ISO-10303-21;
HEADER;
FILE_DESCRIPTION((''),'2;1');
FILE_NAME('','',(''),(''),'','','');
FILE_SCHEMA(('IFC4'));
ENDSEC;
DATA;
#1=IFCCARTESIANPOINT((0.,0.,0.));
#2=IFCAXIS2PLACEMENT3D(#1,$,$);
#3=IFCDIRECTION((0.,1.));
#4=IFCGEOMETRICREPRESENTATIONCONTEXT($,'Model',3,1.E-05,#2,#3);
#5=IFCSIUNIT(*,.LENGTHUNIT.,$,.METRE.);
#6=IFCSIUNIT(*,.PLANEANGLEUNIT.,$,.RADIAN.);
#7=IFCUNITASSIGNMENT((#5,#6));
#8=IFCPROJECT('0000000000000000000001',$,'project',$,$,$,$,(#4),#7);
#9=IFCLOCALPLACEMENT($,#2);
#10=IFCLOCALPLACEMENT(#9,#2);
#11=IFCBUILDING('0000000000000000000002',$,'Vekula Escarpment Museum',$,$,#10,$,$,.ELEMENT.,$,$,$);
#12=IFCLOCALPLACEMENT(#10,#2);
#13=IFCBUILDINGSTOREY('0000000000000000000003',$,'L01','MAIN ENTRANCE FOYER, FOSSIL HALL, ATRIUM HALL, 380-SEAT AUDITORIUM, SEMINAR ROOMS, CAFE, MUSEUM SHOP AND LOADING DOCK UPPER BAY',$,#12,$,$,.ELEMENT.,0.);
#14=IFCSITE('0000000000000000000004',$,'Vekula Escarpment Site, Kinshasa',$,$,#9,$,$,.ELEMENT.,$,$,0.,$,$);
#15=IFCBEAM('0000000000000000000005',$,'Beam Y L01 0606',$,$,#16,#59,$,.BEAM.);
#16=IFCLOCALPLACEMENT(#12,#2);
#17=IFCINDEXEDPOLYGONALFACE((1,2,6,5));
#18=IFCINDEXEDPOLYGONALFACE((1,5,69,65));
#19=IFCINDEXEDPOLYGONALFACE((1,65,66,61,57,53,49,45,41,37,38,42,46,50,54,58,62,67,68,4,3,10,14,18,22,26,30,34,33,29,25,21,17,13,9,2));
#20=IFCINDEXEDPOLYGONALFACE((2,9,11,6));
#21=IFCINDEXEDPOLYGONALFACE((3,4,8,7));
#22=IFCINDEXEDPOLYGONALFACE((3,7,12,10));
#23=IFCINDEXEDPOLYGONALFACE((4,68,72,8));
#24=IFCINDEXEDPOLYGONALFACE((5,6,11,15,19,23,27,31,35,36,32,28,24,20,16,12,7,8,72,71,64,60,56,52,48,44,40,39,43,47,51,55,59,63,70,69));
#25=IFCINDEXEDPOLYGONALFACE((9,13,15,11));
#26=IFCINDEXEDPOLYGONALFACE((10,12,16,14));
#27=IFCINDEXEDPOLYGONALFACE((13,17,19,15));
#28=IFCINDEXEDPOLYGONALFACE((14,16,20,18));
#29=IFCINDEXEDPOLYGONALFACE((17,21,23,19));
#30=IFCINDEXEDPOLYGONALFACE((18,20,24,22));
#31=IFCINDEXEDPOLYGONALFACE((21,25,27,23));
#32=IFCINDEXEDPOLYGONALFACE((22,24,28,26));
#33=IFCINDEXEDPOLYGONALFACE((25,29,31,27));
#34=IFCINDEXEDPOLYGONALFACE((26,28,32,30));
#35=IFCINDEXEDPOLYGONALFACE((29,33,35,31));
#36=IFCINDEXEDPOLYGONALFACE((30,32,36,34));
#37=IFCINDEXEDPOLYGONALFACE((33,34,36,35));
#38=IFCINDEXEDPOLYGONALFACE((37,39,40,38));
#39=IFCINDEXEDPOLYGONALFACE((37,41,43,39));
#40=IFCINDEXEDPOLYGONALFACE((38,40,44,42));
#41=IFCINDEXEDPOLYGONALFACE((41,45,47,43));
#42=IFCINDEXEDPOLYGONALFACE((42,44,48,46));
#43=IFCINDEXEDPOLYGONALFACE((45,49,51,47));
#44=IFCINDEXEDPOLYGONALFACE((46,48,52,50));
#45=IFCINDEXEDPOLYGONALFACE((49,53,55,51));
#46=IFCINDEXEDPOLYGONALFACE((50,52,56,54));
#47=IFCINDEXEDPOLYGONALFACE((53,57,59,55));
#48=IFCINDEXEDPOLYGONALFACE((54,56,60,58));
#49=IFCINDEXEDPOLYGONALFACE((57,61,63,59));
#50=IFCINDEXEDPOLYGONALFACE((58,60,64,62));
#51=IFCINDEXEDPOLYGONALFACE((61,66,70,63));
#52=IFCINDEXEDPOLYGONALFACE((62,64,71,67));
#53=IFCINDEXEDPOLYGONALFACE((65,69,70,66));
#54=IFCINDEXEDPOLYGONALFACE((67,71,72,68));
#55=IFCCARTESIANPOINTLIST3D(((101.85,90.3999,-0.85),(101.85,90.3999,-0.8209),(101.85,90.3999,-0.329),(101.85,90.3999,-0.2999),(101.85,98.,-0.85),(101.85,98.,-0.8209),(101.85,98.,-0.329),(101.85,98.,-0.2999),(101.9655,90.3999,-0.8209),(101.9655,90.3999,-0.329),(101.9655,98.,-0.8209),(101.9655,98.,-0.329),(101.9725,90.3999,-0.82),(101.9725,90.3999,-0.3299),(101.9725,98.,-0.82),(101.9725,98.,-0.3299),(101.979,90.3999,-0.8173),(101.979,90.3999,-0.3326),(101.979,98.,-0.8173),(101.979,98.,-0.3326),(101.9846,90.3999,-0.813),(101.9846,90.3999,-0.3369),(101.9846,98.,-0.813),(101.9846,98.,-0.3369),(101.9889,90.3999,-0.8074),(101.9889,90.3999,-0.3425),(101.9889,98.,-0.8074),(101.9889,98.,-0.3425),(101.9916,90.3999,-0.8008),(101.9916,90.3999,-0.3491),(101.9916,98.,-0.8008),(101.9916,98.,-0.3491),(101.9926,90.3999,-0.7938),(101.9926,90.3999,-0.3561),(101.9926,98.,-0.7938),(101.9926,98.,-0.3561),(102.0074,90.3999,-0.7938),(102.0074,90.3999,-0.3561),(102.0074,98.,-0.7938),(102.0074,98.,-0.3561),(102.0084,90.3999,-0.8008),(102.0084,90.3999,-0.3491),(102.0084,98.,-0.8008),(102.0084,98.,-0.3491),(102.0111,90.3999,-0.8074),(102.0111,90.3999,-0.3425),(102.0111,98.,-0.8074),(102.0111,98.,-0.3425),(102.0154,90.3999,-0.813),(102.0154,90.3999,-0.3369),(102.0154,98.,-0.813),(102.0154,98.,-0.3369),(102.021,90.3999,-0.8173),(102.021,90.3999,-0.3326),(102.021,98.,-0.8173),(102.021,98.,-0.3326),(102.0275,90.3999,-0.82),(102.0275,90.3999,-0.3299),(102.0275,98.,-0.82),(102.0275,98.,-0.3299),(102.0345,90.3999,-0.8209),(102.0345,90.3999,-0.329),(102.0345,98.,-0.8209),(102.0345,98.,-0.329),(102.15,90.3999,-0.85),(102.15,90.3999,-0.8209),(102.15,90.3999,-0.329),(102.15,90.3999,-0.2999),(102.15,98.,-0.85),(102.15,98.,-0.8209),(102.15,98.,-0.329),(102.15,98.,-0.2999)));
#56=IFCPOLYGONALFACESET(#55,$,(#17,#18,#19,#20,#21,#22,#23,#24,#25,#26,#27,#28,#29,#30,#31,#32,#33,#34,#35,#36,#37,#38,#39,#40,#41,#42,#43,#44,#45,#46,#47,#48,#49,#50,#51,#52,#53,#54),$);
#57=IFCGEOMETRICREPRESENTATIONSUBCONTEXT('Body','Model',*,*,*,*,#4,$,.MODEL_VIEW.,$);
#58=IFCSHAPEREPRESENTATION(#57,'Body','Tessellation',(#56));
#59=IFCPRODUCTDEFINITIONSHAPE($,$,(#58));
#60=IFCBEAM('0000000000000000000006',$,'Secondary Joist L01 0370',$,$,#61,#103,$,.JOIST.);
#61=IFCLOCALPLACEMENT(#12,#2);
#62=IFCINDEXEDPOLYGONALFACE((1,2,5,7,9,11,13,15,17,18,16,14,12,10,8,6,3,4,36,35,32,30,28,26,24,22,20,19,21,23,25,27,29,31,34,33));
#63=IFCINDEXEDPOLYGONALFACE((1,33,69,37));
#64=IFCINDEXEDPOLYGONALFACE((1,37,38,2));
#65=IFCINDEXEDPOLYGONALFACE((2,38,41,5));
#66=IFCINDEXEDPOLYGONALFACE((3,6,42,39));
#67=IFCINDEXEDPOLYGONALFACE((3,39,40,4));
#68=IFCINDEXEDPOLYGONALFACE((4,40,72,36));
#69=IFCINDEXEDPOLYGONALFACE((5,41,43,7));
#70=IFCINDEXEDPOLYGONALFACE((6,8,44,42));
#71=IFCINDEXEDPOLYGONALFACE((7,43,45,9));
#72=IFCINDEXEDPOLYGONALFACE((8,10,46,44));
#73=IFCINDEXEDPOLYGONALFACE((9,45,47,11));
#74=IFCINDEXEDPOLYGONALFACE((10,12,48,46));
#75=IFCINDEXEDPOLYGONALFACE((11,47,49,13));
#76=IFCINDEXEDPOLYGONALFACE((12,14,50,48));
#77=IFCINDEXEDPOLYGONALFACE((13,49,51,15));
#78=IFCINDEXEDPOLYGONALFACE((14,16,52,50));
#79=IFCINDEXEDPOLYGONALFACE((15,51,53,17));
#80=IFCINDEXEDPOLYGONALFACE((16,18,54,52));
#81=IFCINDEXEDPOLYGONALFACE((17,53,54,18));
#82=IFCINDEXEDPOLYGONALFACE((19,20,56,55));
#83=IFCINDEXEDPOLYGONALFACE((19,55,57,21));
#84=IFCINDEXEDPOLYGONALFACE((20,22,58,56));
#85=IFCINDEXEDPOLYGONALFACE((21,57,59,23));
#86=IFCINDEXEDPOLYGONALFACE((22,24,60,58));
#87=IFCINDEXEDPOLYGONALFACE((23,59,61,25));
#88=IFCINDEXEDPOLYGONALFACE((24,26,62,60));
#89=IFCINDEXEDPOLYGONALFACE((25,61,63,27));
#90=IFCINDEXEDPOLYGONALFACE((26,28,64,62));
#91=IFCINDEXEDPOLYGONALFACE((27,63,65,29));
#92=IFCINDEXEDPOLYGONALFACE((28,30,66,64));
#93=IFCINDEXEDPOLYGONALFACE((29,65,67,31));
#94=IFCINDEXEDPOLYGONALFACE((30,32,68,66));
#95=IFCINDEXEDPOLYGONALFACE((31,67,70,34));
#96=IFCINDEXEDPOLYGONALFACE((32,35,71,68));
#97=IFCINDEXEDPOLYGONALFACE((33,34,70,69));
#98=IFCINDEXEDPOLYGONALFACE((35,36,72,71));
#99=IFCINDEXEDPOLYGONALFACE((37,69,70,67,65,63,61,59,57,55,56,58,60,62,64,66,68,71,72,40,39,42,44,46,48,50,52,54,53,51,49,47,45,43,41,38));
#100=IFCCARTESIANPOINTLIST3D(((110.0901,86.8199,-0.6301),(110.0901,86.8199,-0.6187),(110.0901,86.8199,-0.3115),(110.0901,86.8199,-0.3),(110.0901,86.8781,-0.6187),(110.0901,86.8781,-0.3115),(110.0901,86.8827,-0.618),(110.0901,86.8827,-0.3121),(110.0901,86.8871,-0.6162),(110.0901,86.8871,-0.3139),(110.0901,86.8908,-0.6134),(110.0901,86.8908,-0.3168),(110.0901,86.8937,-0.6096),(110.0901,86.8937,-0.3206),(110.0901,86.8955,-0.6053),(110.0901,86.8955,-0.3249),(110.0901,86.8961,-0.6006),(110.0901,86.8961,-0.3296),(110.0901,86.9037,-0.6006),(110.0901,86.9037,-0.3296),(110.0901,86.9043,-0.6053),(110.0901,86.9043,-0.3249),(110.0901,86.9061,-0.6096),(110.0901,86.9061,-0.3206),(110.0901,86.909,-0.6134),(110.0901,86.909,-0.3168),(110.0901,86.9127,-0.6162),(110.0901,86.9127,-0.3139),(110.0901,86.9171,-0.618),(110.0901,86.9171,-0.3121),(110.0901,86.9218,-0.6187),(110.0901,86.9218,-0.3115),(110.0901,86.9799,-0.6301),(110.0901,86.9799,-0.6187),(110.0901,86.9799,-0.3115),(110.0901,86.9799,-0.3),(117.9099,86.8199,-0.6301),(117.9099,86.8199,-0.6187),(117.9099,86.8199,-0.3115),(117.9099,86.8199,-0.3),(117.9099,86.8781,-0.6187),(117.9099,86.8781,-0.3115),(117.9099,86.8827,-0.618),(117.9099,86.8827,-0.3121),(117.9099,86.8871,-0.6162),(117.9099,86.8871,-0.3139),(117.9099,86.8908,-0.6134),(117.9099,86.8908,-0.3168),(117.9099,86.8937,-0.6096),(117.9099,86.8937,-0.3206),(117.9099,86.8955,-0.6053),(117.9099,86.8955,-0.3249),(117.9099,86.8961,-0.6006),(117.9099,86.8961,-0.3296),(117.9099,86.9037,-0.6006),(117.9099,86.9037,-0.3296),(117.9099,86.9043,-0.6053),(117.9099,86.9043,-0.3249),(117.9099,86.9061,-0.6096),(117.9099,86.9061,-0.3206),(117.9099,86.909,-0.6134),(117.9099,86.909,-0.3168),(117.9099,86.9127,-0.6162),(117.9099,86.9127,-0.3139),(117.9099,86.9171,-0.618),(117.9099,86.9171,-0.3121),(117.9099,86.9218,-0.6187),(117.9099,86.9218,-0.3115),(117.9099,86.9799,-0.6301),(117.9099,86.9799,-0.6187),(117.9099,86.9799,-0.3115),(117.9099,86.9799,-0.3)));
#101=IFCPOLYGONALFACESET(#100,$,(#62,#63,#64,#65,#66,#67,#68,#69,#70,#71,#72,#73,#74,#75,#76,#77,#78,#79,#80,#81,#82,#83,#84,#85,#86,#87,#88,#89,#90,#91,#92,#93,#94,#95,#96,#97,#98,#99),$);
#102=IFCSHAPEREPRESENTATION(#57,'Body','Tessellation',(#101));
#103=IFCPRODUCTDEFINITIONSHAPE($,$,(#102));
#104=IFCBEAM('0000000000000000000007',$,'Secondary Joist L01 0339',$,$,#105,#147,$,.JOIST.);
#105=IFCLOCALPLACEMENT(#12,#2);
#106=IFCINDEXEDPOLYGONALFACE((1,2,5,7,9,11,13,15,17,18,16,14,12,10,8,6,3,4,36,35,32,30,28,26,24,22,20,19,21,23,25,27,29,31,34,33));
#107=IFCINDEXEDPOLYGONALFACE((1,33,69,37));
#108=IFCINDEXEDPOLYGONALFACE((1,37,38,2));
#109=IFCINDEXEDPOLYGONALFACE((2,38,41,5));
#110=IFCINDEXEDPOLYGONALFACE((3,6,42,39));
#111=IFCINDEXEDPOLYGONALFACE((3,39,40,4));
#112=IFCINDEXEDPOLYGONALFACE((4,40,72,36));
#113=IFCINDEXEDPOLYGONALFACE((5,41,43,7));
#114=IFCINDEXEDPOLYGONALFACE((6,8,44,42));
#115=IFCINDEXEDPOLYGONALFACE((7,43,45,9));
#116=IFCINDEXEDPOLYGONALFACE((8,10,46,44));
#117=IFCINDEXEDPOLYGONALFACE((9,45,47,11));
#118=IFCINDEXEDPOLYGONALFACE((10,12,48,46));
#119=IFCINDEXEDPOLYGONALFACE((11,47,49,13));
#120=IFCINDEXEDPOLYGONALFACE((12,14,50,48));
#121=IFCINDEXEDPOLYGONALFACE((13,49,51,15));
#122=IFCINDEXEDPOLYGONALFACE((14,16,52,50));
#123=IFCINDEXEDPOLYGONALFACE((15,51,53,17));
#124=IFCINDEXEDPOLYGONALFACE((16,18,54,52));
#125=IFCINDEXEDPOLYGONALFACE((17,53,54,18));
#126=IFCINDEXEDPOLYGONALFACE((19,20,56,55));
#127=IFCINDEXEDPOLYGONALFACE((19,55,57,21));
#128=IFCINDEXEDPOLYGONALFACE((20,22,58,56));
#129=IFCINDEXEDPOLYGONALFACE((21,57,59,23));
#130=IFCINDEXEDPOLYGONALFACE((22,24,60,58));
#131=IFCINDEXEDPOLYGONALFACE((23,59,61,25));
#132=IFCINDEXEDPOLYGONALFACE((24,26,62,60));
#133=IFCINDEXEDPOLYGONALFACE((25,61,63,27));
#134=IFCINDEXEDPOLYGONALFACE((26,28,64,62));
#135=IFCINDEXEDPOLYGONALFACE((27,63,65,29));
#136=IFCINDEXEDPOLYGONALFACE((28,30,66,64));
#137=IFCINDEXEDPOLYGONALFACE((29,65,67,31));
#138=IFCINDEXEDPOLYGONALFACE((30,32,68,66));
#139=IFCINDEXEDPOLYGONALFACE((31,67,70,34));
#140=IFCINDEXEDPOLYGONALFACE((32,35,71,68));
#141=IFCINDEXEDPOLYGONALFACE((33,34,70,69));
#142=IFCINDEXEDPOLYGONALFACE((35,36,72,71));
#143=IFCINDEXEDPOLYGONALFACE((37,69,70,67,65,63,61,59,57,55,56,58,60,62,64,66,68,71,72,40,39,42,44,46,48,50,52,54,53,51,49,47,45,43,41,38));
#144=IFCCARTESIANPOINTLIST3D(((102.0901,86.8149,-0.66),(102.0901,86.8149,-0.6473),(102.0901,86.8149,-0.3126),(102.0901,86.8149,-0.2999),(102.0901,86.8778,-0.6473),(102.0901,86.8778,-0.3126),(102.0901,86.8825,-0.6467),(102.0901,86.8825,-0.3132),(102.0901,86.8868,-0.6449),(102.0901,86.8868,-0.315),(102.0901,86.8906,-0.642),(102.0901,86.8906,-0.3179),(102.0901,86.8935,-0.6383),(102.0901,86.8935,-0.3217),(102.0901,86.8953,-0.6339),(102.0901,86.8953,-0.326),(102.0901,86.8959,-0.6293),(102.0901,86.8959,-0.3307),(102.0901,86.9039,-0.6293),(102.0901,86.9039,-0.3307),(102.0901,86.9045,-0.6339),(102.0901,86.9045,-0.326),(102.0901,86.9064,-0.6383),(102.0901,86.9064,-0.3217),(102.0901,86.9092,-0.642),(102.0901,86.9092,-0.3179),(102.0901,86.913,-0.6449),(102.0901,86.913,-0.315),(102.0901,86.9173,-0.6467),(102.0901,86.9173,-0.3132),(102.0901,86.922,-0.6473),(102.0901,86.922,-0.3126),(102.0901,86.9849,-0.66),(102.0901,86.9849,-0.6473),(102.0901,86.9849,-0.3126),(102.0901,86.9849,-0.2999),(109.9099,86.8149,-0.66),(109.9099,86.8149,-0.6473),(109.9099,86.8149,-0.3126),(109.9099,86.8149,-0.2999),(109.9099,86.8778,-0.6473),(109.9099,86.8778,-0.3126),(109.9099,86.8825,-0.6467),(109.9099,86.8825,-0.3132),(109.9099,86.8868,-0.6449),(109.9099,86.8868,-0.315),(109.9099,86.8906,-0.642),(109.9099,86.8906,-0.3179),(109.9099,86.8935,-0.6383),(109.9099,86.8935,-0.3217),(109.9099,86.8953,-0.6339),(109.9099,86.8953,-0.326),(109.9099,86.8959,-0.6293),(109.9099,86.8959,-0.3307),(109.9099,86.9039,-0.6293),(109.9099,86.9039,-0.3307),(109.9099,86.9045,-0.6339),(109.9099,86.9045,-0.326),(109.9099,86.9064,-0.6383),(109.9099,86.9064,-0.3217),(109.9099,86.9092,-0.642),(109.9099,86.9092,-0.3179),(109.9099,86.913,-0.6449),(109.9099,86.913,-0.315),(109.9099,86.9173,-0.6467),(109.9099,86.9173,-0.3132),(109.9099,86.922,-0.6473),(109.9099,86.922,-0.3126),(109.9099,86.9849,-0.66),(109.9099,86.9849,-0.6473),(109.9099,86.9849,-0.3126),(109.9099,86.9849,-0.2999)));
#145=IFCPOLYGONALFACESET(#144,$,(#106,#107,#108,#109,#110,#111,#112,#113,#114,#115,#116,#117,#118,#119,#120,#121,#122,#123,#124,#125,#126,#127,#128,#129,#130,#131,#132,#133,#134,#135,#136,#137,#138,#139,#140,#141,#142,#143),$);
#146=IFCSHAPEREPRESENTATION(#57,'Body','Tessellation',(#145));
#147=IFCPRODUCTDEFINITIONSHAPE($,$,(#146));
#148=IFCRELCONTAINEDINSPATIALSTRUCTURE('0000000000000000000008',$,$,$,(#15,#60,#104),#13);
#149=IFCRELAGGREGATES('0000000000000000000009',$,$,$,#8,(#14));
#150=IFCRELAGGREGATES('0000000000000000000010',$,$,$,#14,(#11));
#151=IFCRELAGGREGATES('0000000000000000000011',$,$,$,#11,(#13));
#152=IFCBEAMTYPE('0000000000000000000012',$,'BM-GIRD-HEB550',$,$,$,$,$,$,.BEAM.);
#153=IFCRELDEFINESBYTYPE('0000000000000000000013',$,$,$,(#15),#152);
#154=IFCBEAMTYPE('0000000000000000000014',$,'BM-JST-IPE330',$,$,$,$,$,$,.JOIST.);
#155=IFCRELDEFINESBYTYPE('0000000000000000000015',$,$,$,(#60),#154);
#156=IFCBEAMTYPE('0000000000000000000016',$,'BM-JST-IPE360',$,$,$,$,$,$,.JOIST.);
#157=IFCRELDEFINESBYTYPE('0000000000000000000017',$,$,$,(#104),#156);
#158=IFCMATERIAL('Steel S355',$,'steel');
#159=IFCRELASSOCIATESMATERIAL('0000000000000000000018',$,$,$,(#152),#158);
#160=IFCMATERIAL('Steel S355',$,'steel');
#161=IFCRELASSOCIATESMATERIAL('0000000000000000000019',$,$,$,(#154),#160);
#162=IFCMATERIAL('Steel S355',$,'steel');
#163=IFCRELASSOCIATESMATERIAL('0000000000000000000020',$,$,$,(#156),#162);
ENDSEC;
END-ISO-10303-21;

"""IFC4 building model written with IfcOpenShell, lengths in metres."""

from ifc_helpers import new_model, si_unit, direction, frame, origin, origin_2d, place, context, subcontext, project, spatial, i_section, extrude, material, material_profile, profile_set, type_object, element, save


model = new_model("IFC4")

# Units and contexts
model_context = context("Model", 3, precision=1e-05, world=origin(), true_north=direction((0.0, 1.0)))
body_context = subcontext(model_context, "Body", "Model", "MODEL_VIEW")
ifc_project = project(units=[si_unit("LENGTHUNIT", "METRE"), si_unit("PLANEANGLEUNIT", "RADIAN")], contexts=[model_context])

# Site, building, storey
site_placement = place(None, origin())
site = spatial("IfcSite", under=ifc_project, at=site_placement, Name="Vekula Escarpment Site, Kinshasa", CompositionType="ELEMENT", RefElevation=0.0)
building_placement = place(site_placement, origin())
building = spatial("IfcBuilding", under=site, at=building_placement, Name="Vekula Escarpment Museum", CompositionType="ELEMENT")
storey_placement = place(building_placement, origin())
storey = spatial("IfcBuildingStorey", under=building, at=storey_placement, Name="L01", Description="MAIN ENTRANCE FOYER, FOSSIL HALL, ATRIUM HALL, 380-SEAT AUDITORIUM, SEMINAR ROOMS, CAFE, MUSEUM SHOP AND LOADING DOCK UPPER BAY", CompositionType="ELEMENT", Elevation=0.0)

# Beams
ifc_material_1 = material(Name="Steel S355", Category="steel")
ifc_material_profile_1 = material_profile(ifc_material_1, i_section(OverallWidth=0.3, OverallDepth=0.55, WebThickness=0.0149, FlangeThickness=0.0291, FilletRadius=0.0271, at=origin_2d()), Name="HEB 550")
ifc_profile_set_1 = profile_set([ifc_material_profile_1], Name="Steel S355")
beam_type_1 = type_object("IfcBeamType", Name="BM-GIRD-HEB550", PredefinedType="BEAM", material=ifc_profile_set_1)
beam_1_placement = place(storey_placement, frame((102.0, 90.3999, -0.575), z_axis=(0.0, 1.0, 0.0), x_axis=(-1.0, 0.0, 0.0)))
element("IfcBeam", 1, at=beam_1_placement, inside=storey, type_object=beam_type_1, Name="Beam Y L01 0606", PredefinedType="BEAM", context=body_context, shape_type="SweptSolid", body=[
    extrude(i_section(OverallWidth=0.3, OverallDepth=0.55, WebThickness=0.0149, FlangeThickness=0.0291, FilletRadius=0.0271, at=origin_2d()), origin(), (0.0, 0.0, 1.0), 7.6001),
])
ifc_material_2 = material(Name="Steel S355", Category="steel")
ifc_material_profile_2 = material_profile(ifc_material_2, i_section(OverallWidth=0.1599, OverallDepth=0.3301, WebThickness=0.0076, FlangeThickness=0.0115, FilletRadius=0.0181, at=origin_2d()), Name="IPE 330")
ifc_profile_set_2 = profile_set([ifc_material_profile_2], Name="Steel S355")
beam_type_2 = type_object("IfcBeamType", Name="BM-JST-IPE330", PredefinedType="JOIST", material=ifc_profile_set_2)
beam_2_placement = place(storey_placement, frame((110.0901, 86.8999, -0.4651), z_axis=(1.0, 0.0, 0.0), x_axis=(0.0, 1.0, 0.0)))
element("IfcBeam", 2, at=beam_2_placement, inside=storey, type_object=beam_type_2, Name="Secondary Joist L01 0370", PredefinedType="JOIST", context=body_context, shape_type="SweptSolid", body=[
    extrude(i_section(OverallWidth=0.1599, OverallDepth=0.3301, WebThickness=0.0076, FlangeThickness=0.0115, FilletRadius=0.0181, at=origin_2d()), origin(), (0.0, 0.0, 1.0), 7.8198),
])
ifc_material_3 = material(Name="Steel S355", Category="steel")
ifc_material_profile_3 = material_profile(ifc_material_3, i_section(OverallWidth=0.1699, OverallDepth=0.3601, WebThickness=0.0081, FlangeThickness=0.0127, FilletRadius=0.0181, at=origin_2d()), Name="IPE 360")
ifc_profile_set_3 = profile_set([ifc_material_profile_3], Name="Steel S355")
beam_type_3 = type_object("IfcBeamType", Name="BM-JST-IPE360", PredefinedType="JOIST", material=ifc_profile_set_3)
beam_3_placement = place(storey_placement, frame((102.0901, 86.8999, -0.48), z_axis=(1.0, 0.0, 0.0), x_axis=(0.0, 1.0, 0.0)))
element("IfcBeam", 3, at=beam_3_placement, inside=storey, type_object=beam_type_3, Name="Secondary Joist L01 0339", PredefinedType="JOIST", context=body_context, shape_type="SweptSolid", body=[
    extrude(i_section(OverallWidth=0.1699, OverallDepth=0.3601, WebThickness=0.0081, FlangeThickness=0.0127, FilletRadius=0.0181, at=origin_2d()), origin(), (0.0, 0.0, 1.0), 7.8198),
])

save(model, "model.ifc")
